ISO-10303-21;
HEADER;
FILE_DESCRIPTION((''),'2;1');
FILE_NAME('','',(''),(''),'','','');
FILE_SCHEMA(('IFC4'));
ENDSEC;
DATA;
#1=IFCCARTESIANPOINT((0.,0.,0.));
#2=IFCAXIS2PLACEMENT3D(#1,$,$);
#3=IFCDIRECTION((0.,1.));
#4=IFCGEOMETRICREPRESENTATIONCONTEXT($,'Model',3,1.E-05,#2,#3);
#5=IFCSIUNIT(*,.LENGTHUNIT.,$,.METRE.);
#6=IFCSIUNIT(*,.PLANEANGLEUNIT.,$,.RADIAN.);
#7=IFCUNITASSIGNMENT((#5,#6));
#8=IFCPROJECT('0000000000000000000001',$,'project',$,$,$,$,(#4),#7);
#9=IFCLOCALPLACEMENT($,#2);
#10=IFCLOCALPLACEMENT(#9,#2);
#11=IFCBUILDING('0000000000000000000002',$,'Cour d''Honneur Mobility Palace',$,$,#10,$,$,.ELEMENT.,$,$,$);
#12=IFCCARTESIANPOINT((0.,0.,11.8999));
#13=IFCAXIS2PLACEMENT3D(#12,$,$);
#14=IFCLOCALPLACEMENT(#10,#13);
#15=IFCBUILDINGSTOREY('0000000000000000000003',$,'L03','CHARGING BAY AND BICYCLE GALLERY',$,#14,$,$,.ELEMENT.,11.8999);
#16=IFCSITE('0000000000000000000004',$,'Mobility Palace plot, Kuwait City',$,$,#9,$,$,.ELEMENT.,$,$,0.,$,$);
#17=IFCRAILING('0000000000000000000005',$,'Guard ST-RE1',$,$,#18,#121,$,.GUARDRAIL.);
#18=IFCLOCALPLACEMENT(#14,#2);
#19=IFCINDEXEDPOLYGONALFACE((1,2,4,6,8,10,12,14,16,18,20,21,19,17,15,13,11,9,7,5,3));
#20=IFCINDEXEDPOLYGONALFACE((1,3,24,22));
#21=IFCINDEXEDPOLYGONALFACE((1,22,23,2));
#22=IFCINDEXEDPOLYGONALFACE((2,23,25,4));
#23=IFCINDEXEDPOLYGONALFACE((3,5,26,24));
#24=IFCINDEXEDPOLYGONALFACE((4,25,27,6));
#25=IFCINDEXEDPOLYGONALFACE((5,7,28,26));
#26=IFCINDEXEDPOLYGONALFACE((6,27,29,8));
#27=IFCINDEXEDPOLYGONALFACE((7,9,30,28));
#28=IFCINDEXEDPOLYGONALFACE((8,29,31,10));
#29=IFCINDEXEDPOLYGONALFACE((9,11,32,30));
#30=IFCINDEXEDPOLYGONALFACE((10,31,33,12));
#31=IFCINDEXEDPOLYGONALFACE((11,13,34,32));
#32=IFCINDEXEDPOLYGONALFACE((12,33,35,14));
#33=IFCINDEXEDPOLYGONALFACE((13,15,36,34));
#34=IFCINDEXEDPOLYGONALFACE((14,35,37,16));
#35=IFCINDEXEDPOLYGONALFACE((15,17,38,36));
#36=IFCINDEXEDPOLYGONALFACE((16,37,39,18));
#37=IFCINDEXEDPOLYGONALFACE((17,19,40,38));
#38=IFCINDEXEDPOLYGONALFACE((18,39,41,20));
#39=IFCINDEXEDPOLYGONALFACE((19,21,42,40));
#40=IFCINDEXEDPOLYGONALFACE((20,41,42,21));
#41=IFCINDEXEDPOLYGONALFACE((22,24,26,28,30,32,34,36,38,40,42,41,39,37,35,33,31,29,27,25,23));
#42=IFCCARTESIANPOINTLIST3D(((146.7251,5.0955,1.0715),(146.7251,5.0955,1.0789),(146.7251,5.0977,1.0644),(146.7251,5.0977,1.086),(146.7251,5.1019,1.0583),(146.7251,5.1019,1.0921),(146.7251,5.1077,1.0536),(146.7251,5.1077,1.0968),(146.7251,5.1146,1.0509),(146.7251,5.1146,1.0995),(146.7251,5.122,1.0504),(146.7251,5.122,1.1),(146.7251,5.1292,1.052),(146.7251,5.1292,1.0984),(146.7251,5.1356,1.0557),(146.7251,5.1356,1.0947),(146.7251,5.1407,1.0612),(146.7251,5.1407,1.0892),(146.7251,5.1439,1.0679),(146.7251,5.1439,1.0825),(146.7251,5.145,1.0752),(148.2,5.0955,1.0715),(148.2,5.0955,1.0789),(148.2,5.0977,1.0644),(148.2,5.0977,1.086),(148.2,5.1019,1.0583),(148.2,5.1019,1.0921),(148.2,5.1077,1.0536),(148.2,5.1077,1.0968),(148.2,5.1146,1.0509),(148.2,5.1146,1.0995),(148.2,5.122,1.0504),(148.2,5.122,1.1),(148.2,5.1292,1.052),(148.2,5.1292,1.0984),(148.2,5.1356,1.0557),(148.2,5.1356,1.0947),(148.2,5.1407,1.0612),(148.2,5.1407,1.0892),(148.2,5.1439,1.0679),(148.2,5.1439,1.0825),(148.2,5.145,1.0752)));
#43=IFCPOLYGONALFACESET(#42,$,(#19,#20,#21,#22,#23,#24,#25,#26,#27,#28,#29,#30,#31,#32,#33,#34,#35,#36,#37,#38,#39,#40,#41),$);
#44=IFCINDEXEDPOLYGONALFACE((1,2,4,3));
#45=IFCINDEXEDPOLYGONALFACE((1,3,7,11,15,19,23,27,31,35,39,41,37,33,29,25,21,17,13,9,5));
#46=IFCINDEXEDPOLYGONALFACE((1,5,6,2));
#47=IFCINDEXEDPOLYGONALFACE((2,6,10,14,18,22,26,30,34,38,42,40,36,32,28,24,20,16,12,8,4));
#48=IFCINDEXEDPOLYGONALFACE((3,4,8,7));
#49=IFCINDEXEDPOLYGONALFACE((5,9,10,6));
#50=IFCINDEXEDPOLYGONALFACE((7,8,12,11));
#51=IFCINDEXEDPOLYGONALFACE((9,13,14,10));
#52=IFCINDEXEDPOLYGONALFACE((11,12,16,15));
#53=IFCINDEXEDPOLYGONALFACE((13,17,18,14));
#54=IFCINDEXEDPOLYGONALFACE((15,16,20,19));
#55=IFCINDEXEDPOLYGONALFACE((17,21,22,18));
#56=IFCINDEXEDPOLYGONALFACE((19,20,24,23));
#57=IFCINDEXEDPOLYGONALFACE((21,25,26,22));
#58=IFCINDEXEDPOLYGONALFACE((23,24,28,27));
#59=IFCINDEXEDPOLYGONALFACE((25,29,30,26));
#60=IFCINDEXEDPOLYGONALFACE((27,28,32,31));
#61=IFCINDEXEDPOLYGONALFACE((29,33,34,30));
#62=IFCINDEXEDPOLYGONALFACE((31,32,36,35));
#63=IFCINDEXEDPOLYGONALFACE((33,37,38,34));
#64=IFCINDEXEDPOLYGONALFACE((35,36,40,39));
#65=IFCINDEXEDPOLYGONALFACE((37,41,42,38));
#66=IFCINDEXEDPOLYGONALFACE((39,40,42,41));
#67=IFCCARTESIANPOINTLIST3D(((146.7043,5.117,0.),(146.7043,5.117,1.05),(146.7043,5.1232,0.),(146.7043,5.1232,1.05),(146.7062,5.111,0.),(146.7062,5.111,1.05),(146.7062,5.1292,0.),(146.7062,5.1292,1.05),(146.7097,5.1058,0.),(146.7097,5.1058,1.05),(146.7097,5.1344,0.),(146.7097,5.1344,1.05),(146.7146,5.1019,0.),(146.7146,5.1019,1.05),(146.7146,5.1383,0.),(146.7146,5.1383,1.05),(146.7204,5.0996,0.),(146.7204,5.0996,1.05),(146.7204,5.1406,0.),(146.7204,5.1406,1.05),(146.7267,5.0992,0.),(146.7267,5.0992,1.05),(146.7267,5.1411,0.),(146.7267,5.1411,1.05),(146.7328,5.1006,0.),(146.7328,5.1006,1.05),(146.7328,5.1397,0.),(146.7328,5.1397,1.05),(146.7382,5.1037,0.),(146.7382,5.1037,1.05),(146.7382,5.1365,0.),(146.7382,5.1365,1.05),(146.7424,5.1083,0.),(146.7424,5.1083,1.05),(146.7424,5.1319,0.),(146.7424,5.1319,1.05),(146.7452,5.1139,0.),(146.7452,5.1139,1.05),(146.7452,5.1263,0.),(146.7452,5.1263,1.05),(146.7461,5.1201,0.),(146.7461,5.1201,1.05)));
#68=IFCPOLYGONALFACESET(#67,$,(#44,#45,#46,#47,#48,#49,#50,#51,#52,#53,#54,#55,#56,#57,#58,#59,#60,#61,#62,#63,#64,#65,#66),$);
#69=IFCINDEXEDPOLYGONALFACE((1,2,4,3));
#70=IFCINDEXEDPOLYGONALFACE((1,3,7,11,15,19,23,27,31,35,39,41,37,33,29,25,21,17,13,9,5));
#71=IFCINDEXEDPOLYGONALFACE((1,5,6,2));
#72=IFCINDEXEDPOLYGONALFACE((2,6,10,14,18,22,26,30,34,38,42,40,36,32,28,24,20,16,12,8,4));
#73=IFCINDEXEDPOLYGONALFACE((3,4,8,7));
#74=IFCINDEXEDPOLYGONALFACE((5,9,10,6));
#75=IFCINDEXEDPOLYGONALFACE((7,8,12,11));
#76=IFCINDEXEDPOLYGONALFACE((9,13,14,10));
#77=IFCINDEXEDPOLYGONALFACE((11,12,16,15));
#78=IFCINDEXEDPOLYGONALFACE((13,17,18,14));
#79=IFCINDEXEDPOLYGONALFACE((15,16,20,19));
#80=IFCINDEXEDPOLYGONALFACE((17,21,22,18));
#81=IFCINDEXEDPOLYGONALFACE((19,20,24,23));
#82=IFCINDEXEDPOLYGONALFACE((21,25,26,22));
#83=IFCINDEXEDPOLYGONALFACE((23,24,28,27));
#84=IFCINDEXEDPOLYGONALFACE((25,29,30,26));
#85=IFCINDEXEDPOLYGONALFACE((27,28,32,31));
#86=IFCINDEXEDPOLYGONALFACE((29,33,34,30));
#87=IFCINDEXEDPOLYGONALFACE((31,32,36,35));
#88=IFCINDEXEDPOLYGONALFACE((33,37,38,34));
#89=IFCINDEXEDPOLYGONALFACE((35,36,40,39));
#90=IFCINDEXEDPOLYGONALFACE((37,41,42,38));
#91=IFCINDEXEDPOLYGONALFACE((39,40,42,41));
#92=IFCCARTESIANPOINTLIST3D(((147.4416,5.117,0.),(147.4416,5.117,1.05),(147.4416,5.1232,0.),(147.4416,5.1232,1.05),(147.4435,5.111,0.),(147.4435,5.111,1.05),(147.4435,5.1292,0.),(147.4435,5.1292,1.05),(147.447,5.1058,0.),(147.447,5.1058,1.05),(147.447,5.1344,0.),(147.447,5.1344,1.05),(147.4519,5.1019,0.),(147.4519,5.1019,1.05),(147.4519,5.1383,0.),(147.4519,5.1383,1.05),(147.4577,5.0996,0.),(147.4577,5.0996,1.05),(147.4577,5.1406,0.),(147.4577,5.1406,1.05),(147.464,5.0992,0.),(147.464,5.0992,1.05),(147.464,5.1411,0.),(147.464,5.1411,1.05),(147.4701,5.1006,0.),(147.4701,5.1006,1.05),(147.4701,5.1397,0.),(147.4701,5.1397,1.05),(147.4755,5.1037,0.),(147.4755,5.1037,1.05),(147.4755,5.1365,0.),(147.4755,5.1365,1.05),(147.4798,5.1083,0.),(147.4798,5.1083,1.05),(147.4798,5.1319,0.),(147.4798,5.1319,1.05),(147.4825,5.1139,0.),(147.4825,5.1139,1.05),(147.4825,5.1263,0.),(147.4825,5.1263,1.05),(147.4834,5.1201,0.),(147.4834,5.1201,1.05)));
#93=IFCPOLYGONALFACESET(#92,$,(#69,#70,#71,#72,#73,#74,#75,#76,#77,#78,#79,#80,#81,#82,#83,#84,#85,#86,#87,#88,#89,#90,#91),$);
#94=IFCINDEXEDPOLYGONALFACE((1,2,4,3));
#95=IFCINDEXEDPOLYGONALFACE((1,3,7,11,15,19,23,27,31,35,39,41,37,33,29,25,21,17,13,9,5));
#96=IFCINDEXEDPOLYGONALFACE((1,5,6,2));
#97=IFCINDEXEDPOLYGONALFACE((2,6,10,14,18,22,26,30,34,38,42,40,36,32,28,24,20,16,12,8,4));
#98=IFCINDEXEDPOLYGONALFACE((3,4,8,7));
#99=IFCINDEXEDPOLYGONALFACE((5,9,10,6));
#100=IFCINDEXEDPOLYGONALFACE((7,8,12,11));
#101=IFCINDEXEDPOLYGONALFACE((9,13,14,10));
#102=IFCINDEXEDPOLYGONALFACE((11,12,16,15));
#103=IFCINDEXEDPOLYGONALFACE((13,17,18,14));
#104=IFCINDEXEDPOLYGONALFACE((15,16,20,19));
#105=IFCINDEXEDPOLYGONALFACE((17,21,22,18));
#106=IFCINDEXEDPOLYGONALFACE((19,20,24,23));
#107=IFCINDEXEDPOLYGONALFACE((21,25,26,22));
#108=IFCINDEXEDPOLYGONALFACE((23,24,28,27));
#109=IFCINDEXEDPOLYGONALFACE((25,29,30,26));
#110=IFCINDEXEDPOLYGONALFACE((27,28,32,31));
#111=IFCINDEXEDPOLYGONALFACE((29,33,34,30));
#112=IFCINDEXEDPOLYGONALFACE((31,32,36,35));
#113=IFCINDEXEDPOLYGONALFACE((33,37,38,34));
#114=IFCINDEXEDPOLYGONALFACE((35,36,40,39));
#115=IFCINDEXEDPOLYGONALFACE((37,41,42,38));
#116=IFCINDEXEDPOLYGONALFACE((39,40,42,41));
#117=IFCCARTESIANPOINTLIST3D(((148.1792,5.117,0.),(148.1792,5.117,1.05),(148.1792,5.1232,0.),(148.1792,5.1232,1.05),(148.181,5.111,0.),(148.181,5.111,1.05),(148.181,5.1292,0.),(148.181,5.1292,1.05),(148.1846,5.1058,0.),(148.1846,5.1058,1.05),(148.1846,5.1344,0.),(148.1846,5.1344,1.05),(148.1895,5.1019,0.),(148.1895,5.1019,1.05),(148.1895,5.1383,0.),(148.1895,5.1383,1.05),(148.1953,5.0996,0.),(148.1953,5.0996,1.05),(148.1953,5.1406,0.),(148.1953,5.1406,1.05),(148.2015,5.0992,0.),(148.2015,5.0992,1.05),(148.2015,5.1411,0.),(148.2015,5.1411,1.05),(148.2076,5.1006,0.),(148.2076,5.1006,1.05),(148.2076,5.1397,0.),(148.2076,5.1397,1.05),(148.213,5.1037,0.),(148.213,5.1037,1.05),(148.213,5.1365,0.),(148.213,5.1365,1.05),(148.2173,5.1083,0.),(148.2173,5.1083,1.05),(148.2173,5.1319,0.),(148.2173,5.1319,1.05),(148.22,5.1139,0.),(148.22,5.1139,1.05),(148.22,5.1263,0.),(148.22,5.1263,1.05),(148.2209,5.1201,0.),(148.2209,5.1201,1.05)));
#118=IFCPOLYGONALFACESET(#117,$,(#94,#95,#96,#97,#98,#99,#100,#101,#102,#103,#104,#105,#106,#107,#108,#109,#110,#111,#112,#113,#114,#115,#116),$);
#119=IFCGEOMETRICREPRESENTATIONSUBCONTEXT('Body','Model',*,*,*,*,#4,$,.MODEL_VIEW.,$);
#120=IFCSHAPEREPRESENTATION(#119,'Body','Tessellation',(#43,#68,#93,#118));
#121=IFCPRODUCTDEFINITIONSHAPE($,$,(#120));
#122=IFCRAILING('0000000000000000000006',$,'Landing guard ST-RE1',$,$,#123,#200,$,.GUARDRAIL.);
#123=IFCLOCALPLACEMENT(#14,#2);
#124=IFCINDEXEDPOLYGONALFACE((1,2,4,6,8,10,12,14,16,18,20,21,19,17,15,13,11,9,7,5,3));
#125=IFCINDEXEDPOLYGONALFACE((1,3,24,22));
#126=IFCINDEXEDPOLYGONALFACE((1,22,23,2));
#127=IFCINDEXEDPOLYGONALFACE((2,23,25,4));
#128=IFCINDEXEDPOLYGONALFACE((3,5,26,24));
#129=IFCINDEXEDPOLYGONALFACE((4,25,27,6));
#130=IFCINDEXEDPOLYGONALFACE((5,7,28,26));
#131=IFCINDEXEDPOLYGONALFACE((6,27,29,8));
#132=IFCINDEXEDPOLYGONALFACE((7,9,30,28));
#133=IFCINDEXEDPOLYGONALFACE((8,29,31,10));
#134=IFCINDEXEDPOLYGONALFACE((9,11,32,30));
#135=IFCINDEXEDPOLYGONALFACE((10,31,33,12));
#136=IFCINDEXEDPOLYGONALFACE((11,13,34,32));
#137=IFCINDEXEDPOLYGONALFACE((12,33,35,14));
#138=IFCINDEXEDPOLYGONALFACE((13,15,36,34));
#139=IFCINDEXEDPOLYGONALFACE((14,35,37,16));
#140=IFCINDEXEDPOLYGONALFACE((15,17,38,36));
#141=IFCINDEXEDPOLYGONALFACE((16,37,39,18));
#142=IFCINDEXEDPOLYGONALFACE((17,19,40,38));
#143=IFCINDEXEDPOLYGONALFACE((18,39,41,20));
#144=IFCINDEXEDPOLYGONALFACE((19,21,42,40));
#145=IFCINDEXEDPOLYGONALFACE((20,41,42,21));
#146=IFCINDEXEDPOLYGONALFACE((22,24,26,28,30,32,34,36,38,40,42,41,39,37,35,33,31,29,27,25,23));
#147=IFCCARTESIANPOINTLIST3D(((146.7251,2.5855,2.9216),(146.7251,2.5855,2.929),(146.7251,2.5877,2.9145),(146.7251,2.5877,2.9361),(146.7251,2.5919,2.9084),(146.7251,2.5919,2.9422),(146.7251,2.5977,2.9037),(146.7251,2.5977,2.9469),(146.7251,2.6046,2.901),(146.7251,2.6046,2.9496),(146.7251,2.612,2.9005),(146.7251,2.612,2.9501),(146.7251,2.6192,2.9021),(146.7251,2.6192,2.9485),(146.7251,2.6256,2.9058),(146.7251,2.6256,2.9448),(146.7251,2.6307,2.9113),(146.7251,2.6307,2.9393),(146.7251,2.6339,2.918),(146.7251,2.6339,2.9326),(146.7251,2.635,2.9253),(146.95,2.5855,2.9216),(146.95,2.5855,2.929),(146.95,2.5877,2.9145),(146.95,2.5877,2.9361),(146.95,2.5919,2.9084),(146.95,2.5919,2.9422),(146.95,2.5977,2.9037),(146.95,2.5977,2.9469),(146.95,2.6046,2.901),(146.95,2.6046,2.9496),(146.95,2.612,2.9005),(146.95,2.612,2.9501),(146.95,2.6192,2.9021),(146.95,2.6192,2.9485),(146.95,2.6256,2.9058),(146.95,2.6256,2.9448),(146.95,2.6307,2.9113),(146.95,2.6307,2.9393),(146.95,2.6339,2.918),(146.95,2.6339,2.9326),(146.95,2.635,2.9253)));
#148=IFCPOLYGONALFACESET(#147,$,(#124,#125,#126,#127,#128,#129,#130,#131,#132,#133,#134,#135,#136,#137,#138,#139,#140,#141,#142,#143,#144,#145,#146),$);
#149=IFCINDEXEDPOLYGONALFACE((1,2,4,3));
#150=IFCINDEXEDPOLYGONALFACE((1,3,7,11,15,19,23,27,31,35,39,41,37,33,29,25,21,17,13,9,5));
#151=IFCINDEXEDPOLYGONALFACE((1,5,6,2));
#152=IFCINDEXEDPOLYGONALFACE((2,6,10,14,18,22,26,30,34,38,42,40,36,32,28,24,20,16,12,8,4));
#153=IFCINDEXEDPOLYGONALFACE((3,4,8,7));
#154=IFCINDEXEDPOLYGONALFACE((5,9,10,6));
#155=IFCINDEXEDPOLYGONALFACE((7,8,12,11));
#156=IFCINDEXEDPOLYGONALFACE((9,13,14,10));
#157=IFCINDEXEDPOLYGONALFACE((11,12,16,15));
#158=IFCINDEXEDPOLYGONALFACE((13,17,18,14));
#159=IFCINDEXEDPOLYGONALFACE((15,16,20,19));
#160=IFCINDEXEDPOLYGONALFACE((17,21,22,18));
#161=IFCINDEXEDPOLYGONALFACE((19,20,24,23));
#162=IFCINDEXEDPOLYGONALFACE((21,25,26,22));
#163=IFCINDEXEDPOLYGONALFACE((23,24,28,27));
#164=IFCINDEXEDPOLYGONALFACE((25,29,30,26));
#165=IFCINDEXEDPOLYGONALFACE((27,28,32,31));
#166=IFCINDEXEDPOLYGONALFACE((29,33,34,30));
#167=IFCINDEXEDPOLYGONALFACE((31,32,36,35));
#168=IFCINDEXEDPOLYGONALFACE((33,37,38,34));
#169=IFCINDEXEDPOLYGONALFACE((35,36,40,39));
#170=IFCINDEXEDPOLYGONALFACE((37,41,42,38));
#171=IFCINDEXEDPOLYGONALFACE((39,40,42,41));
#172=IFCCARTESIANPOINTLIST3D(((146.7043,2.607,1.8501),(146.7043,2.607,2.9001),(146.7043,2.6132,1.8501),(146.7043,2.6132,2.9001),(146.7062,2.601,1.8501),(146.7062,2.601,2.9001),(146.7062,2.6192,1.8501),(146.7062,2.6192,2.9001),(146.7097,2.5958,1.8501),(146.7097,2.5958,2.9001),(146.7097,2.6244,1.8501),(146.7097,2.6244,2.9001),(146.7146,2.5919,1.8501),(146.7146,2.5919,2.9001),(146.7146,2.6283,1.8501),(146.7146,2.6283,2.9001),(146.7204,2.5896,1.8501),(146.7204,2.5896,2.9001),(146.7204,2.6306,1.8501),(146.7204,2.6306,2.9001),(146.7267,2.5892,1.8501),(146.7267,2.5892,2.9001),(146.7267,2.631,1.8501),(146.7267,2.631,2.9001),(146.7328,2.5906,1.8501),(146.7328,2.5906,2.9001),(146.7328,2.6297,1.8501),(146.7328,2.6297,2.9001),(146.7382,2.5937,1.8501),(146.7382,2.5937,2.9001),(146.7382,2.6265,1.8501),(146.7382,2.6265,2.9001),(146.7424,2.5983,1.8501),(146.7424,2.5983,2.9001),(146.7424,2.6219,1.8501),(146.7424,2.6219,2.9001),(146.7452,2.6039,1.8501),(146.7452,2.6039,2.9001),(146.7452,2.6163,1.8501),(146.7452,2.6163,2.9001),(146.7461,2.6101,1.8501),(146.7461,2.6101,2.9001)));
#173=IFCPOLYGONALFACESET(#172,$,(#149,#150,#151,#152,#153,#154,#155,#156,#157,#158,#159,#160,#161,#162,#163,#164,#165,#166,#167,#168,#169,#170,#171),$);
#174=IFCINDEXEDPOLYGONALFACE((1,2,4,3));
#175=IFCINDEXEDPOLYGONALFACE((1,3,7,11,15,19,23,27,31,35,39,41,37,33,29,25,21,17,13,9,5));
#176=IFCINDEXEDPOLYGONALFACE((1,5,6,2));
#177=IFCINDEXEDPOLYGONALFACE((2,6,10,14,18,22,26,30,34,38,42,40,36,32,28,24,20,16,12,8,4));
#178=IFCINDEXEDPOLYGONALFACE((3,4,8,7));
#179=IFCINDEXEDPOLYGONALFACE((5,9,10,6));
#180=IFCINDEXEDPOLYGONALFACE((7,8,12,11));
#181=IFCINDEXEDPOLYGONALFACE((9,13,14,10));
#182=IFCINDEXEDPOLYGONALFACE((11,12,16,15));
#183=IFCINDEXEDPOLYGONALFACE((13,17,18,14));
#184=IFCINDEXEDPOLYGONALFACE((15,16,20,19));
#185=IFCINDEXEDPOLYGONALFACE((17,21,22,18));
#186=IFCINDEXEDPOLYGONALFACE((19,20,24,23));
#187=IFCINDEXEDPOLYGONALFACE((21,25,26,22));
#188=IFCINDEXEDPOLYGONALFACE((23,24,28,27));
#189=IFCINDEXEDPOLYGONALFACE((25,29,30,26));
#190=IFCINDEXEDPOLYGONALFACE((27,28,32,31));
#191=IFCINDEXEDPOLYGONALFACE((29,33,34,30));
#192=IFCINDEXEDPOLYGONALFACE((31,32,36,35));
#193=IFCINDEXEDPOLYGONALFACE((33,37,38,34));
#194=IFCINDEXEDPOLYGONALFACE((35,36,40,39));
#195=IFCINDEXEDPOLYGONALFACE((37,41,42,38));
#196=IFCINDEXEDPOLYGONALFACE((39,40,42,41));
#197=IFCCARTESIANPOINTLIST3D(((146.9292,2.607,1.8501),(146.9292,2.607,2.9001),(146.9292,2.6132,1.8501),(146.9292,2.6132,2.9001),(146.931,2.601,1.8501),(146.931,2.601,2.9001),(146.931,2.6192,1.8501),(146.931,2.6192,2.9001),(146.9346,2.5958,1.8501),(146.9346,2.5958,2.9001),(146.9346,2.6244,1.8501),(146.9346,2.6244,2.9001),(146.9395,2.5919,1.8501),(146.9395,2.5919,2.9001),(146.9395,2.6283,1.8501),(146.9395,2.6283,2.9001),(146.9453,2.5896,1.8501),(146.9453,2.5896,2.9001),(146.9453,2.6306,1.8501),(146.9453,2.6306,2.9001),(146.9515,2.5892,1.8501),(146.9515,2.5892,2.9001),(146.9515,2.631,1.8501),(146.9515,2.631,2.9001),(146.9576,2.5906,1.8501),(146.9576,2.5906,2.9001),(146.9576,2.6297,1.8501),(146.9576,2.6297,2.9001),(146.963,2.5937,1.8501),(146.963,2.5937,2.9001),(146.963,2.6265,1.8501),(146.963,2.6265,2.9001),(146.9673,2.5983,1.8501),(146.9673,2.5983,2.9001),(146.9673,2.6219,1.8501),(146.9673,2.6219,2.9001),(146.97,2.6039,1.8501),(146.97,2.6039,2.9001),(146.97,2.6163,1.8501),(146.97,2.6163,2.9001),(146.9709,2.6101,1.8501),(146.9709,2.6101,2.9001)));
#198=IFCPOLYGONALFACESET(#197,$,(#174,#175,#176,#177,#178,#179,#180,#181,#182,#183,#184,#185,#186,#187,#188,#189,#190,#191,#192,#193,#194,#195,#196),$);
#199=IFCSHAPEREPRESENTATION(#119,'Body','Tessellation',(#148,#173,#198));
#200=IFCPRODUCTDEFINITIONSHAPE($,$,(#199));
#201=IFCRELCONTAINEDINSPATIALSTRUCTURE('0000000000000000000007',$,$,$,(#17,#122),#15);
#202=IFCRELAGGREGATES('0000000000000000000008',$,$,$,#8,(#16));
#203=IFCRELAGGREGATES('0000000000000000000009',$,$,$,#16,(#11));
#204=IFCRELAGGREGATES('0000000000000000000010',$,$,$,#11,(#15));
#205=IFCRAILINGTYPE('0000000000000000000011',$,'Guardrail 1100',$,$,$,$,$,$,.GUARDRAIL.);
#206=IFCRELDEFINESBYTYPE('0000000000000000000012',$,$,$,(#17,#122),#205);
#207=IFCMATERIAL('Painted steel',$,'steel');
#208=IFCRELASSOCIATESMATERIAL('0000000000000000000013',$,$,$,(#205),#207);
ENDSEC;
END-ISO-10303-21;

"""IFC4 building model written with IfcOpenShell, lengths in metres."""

from ifc_helpers import new_model, si_unit, direction, frame, origin, origin_2d, place, context, subcontext, project, spatial, circle, extrude, material, type_object, element, save


model = new_model("IFC4")

# Units and contexts
model_context = context("Model", 3, precision=1e-05, world=origin(), true_north=direction((0.0, 1.0)))
body_context = subcontext(model_context, "Body", "Model", "MODEL_VIEW")
ifc_project = project(units=[si_unit("LENGTHUNIT", "METRE"), si_unit("PLANEANGLEUNIT", "RADIAN")], contexts=[model_context])

# Site, building, storey
site_placement = place(None, origin())
site = spatial("IfcSite", under=ifc_project, at=site_placement, Name="Mobility Palace plot, Kuwait City", CompositionType="ELEMENT", RefElevation=0.0)
building_placement = place(site_placement, origin())
building = spatial("IfcBuilding", under=site, at=building_placement, Name="Cour d'Honneur Mobility Palace", CompositionType="ELEMENT")
storey_placement = place(building_placement, frame((0.0, 0.0, 11.8999)))
storey = spatial("IfcBuildingStorey", under=building, at=storey_placement, Name="L03", Description="CHARGING BAY AND BICYCLE GALLERY", CompositionType="ELEMENT", Elevation=11.8999)

# Railings
ifc_material_1 = material(Name="Painted steel", Category="steel")
railing_type_1 = type_object("IfcRailingType", Name="Guardrail 1100", PredefinedType="GUARDRAIL", material=ifc_material_1)
railing_1_placement = place(storey_placement, frame((146.7251, 5.1201, 0.0)))
element("IfcRailing", 1, at=railing_1_placement, inside=storey, type_object=railing_type_1, Name="Guard ST-RE1", PredefinedType="GUARDRAIL", context=body_context, shape_type="SweptSolid", body=[
    extrude(circle(Radius=0.0249, at=origin_2d()), frame((0.0, 0.0, 1.0752), z_axis=(1.0, 0.0, 0.0), x_axis=(0.0, 1.0, 0.0)), (0.0, 0.0, 1.0), 1.4749),
    extrude(circle(Radius=0.021, at=origin_2d()), origin(), (0.0, 0.0, 1.0), 1.05),
    extrude(circle(Radius=0.021, at=origin_2d()), frame((0.7373, 0.0, 0.0)), (0.0, 0.0, 1.0), 1.05),
    extrude(circle(Radius=0.021, at=origin_2d()), frame((1.4749, 0.0, 0.0)), (0.0, 0.0, 1.0), 1.05),
])
railing_2_placement = place(storey_placement, frame((146.7251, 2.6101, 1.8501)))
element("IfcRailing", 2, at=railing_2_placement, inside=storey, type_object=railing_type_1, Name="Landing guard ST-RE1", PredefinedType="GUARDRAIL", context=body_context, shape_type="SweptSolid", body=[
    extrude(circle(Radius=0.0249, at=origin_2d()), frame((0.0, 0.0, 1.0752), z_axis=(1.0, 0.0, 0.0), x_axis=(0.0, 1.0, 0.0)), (0.0, 0.0, 1.0), 0.2249),
    extrude(circle(Radius=0.021, at=origin_2d()), origin(), (0.0, 0.0, 1.0), 1.05),
    extrude(circle(Radius=0.021, at=origin_2d()), frame((0.2249, 0.0, 0.0)), (0.0, 0.0, 1.0), 1.05),
])

save(model, "model.ifc")
